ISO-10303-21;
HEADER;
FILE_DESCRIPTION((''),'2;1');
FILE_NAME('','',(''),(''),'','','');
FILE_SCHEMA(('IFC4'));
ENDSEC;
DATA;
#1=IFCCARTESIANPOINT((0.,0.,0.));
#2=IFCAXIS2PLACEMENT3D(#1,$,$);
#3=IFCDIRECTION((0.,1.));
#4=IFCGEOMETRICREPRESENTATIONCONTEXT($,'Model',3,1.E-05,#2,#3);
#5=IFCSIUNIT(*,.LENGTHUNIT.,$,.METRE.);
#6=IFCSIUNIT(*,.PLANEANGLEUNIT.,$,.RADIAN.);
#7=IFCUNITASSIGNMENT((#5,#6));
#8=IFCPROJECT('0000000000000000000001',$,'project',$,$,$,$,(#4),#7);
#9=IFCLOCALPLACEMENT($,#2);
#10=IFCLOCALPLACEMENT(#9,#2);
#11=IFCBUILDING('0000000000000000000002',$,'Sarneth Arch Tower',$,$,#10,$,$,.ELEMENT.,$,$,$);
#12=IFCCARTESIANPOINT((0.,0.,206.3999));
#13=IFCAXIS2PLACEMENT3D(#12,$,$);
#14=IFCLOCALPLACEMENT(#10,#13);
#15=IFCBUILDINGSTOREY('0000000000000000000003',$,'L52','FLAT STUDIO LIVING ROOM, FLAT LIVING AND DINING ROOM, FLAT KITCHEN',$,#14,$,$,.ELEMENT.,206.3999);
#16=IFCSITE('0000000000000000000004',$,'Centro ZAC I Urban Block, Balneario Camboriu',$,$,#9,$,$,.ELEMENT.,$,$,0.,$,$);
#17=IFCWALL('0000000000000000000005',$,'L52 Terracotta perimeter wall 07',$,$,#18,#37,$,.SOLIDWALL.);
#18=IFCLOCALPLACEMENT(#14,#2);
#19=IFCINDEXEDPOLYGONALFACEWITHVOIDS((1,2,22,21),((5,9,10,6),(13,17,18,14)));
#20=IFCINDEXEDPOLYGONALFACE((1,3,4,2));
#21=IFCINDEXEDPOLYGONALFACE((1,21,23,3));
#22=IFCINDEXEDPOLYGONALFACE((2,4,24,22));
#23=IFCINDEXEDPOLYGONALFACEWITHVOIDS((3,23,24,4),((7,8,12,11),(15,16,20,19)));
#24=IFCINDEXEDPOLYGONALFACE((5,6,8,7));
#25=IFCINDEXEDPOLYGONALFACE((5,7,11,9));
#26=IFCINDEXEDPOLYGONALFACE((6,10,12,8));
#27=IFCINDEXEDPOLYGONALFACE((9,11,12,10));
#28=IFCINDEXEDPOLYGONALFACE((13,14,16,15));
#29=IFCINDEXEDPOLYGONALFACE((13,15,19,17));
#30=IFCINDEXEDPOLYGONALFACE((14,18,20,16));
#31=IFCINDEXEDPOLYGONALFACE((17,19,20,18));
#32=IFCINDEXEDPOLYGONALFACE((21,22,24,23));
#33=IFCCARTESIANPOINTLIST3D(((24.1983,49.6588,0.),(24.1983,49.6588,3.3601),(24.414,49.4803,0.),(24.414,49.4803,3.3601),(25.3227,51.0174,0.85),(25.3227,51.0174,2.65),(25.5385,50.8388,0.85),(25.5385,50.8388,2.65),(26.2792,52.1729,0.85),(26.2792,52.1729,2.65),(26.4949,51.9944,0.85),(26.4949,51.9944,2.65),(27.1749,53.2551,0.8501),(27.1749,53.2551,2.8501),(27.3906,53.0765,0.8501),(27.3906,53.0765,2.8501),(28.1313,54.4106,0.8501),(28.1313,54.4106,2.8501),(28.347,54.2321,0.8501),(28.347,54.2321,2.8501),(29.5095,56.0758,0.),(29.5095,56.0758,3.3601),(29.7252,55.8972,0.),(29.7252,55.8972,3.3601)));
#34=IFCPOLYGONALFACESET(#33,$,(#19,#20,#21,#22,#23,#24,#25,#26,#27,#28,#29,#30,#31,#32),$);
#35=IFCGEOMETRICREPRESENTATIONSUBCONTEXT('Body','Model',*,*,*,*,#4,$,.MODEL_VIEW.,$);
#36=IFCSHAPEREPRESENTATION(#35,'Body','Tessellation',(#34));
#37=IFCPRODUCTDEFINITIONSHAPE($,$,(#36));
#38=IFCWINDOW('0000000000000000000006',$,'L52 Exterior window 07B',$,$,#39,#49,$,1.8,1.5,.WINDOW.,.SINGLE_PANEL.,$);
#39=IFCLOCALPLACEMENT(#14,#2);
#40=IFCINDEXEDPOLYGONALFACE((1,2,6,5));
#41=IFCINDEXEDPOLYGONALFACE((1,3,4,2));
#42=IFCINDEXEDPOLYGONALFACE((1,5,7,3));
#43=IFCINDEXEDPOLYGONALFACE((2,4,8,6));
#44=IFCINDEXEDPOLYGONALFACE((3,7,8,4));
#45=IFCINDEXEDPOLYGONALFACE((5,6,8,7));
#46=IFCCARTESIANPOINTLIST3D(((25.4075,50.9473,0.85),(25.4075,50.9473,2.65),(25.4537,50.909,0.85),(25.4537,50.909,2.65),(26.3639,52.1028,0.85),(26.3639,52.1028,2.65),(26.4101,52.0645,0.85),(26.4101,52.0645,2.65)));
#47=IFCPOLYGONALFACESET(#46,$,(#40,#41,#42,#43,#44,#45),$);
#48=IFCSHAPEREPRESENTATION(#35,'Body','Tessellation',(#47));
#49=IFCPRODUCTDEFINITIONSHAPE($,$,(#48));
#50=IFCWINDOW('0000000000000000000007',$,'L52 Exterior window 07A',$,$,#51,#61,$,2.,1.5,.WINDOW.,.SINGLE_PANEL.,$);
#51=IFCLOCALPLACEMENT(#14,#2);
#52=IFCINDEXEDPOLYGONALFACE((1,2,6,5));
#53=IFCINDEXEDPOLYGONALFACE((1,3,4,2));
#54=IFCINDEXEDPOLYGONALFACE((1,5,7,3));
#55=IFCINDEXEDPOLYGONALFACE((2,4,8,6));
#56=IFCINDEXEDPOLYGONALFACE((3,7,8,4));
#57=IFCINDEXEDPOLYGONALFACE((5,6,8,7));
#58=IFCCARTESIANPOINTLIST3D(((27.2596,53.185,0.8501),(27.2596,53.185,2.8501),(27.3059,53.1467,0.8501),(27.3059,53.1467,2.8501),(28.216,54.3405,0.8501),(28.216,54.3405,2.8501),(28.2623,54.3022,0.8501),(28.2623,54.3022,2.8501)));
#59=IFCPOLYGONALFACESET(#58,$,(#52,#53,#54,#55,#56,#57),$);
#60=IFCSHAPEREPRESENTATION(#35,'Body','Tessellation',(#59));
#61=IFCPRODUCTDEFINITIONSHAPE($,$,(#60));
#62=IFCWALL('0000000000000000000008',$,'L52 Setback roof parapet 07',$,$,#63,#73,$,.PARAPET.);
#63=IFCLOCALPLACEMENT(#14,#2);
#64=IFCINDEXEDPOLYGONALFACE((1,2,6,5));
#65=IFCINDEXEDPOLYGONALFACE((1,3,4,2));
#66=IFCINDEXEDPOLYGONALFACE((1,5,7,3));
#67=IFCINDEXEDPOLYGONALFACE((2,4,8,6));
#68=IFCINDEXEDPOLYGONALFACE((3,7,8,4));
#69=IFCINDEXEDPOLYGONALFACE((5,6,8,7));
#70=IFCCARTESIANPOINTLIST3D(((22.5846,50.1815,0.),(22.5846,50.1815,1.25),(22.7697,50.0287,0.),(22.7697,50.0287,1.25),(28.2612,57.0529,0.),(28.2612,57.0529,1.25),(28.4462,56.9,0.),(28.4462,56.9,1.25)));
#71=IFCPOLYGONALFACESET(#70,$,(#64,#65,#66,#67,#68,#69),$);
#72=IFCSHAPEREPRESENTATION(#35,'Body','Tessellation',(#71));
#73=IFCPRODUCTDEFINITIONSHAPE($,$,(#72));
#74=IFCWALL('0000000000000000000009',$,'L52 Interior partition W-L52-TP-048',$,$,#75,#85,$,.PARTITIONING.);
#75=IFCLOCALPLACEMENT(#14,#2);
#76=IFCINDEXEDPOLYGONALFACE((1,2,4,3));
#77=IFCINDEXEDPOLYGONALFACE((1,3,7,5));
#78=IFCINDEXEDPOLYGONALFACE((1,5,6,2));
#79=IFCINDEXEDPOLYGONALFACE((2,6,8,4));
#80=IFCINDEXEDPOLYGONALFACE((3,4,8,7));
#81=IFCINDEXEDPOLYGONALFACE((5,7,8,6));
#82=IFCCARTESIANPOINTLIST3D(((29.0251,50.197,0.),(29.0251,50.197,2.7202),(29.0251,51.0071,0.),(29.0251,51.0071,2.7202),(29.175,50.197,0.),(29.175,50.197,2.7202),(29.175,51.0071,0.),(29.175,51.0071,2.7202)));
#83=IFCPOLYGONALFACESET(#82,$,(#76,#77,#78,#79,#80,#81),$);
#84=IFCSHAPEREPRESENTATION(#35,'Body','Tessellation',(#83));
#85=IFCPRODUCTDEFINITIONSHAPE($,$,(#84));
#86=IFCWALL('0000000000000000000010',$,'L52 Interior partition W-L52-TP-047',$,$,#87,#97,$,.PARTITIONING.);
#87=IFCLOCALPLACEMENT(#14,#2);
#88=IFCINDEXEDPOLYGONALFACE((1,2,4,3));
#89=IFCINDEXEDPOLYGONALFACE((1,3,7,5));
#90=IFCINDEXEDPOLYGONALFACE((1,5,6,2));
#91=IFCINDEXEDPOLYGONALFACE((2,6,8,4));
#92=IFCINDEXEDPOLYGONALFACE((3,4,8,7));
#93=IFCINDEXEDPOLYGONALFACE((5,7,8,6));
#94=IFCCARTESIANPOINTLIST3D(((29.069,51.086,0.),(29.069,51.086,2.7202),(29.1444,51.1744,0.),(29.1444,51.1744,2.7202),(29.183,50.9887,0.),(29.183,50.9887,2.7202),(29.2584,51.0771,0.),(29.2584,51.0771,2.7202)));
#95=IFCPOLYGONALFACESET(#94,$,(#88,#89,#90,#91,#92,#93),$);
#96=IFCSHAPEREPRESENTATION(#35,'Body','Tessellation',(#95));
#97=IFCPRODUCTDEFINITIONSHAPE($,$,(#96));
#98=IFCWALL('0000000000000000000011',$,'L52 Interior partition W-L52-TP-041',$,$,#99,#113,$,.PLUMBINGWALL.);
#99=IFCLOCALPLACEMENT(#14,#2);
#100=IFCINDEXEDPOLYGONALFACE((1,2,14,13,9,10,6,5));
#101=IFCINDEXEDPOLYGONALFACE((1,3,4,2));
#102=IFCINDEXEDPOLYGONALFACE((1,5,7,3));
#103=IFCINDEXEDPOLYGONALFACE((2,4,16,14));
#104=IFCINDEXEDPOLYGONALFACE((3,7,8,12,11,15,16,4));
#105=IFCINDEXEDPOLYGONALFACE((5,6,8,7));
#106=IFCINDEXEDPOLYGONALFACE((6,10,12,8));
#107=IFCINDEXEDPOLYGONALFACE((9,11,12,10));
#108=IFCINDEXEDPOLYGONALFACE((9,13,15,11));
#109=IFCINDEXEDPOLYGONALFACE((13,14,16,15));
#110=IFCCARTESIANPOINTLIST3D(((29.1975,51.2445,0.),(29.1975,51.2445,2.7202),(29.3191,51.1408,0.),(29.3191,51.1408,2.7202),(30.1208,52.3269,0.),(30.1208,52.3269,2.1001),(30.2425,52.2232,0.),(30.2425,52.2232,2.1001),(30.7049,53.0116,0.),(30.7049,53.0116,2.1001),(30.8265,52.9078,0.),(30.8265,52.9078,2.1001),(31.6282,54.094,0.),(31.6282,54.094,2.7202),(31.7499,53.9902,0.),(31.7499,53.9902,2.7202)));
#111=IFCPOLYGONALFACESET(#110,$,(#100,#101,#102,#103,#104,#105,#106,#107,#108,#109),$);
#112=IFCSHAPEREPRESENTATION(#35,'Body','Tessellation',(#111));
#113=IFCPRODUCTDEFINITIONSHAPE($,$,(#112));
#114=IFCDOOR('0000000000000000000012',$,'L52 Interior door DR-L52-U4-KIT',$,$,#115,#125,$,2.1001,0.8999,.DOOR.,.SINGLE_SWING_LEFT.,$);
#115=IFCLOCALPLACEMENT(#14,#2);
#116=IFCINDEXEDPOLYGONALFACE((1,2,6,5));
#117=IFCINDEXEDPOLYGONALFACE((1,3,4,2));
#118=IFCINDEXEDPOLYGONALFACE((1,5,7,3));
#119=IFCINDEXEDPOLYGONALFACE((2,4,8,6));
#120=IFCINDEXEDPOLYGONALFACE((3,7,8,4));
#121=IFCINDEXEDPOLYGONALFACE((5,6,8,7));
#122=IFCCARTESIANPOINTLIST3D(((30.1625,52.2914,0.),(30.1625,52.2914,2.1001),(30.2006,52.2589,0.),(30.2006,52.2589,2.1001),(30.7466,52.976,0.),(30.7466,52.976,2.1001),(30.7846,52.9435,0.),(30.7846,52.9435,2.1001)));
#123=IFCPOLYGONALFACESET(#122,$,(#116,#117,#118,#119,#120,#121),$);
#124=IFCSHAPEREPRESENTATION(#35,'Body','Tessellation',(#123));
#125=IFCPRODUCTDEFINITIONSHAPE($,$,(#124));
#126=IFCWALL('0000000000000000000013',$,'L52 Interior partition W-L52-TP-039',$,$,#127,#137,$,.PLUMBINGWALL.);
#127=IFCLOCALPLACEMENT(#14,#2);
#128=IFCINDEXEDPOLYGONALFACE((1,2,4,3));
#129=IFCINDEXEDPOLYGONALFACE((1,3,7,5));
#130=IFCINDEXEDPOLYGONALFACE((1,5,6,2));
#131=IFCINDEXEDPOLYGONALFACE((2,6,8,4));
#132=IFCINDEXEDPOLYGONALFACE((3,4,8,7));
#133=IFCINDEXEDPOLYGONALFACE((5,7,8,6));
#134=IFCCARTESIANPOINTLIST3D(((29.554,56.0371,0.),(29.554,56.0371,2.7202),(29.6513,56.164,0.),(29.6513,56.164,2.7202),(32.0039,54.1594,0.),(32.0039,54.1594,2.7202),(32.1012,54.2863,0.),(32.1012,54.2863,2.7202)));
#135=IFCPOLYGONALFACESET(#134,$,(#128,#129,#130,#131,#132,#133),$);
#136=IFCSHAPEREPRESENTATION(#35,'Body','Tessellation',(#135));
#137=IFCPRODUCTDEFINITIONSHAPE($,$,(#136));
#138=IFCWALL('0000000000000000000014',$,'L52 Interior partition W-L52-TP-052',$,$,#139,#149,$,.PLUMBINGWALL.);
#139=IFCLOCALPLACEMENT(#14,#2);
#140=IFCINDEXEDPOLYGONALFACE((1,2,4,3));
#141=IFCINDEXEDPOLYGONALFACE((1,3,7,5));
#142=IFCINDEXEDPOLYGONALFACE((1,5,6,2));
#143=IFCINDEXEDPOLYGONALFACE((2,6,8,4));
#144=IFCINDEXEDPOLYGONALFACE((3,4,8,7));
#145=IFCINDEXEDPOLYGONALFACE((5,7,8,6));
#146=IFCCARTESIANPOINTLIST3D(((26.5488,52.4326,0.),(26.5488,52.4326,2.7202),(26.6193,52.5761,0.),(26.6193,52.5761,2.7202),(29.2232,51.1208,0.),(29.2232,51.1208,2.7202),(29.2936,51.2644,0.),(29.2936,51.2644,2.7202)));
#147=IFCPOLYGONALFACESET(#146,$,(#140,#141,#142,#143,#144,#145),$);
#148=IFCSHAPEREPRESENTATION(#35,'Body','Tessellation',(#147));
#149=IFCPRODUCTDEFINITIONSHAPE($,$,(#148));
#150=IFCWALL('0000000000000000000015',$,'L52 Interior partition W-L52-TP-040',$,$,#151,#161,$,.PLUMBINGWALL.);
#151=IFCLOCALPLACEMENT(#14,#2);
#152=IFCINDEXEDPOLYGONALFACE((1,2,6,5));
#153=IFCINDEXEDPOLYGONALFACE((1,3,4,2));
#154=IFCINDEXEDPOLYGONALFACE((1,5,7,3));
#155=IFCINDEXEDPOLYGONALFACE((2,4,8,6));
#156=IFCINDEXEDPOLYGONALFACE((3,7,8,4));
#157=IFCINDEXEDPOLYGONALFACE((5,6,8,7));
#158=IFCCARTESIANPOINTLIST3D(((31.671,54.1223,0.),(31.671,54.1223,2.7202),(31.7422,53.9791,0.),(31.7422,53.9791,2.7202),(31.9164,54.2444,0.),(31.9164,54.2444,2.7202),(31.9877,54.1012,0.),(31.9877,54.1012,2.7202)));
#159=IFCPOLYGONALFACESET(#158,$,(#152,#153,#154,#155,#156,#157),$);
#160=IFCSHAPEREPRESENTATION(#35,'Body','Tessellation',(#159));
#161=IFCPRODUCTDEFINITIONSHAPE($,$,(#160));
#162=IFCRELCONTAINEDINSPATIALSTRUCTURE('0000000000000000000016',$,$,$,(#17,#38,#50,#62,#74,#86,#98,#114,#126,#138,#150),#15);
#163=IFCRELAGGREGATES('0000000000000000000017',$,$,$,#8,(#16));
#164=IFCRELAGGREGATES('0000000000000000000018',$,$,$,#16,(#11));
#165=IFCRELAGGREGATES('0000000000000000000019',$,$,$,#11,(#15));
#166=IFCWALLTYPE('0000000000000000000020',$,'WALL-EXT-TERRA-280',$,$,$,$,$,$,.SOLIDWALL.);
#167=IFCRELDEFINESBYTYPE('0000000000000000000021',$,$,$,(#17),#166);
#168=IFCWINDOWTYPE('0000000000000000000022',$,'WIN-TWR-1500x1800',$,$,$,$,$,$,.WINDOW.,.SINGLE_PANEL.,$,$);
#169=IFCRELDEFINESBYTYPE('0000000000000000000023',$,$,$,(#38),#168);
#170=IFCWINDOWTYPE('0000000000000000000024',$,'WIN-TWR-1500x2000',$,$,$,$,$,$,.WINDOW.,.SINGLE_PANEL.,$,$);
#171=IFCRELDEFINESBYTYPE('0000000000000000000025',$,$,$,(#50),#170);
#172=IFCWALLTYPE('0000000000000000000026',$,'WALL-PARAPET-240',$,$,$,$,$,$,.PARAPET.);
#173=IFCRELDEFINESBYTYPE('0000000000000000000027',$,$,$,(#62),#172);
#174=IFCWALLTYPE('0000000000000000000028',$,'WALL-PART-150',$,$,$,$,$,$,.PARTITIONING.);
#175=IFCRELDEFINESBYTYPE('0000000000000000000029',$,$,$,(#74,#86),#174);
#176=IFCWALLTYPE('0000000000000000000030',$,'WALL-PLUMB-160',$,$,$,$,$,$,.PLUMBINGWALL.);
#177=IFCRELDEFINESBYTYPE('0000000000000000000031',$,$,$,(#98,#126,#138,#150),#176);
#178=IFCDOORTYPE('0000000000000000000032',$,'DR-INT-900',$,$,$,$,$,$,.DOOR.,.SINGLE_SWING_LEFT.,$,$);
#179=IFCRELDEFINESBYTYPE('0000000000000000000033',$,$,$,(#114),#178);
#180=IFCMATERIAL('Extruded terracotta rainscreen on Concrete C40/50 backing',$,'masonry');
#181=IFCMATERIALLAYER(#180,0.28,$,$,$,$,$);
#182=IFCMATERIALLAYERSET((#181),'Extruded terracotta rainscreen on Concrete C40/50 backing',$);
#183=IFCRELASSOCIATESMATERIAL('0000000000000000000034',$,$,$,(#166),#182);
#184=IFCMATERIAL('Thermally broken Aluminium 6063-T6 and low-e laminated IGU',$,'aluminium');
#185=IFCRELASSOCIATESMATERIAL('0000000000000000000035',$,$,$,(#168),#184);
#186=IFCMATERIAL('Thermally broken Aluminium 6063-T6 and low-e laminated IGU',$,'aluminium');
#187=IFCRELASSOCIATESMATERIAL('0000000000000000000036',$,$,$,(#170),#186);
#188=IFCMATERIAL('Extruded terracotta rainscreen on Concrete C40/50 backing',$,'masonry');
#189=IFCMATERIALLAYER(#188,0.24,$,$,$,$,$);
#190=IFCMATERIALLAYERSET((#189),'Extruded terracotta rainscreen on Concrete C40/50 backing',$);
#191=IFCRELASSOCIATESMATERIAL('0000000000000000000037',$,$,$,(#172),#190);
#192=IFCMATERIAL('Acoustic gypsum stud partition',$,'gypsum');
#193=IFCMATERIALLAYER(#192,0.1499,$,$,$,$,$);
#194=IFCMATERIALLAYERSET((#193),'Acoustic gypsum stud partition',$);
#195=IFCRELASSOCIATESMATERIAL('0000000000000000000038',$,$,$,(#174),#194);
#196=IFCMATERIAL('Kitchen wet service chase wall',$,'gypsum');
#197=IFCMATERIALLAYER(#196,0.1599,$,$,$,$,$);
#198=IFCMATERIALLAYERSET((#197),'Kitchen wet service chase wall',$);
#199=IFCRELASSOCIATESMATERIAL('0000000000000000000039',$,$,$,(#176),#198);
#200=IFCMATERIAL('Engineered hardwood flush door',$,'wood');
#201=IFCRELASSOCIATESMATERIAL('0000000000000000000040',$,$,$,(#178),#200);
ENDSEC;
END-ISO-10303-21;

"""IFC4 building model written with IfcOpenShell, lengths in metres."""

from ifc_helpers import new_model, si_unit, direction, frame, frame_2d, origin, place, context, subcontext, project, spatial, rectangle, extrude, material, layer, layer_set, type_object, element, fill, save


model = new_model("IFC4")

# Units and contexts
model_context = context("Model", 3, precision=1e-05, world=origin(), true_north=direction((0.0, 1.0)))
body_context = subcontext(model_context, "Body", "Model", "MODEL_VIEW")
ifc_project = project(units=[si_unit("LENGTHUNIT", "METRE"), si_unit("PLANEANGLEUNIT", "RADIAN")], contexts=[model_context])

# Site, building, storey
site_placement = place(None, origin())
site = spatial("IfcSite", under=ifc_project, at=site_placement, Name="Centro ZAC I Urban Block, Balneario Camboriu", CompositionType="ELEMENT", RefElevation=0.0)
building_placement = place(site_placement, origin())
building = spatial("IfcBuilding", under=site, at=building_placement, Name="Sarneth Arch Tower", CompositionType="ELEMENT")
storey_placement = place(building_placement, frame((0.0, 0.0, 206.3999)))
storey = spatial("IfcBuildingStorey", under=building, at=storey_placement, Name="L52", Description="FLAT STUDIO LIVING ROOM, FLAT LIVING AND DINING ROOM, FLAT KITCHEN", CompositionType="ELEMENT", Elevation=206.3999)

# Wall, openings, windows
ifc_material_1 = material(Name="Extruded terracotta rainscreen on Concrete C40/50 backing", Category="masonry")
ifc_layer_1 = layer(ifc_material_1, 0.28)
ifc_layer_set_1 = layer_set([ifc_layer_1], Name="Extruded terracotta rainscreen on Concrete C40/50 backing")
wall_type_1 = type_object("IfcWallType", Name="WALL-EXT-TERRA-280", PredefinedType="SOLIDWALL", material=ifc_layer_set_1)
wall_1_placement = place(storey_placement, frame((29.6174, 55.9866, 0.0), z_axis=(0.0, 0.0, 1.0), x_axis=(-0.637615, -0.770355, 0.0)))
wall_1 = element("IfcWall", 1, at=wall_1_placement, inside=storey, type_object=wall_type_1, Name="L52 Terracotta perimeter wall 07", PredefinedType="SOLIDWALL", context=body_context, shape_type="SweptSolid", body=[
    extrude(rectangle(XDim=8.3298, YDim=0.28, at=frame_2d((4.165, 0.0))), origin(), (0.0, 0.0, 1.0), 3.3601),
])
opening_1_placement = place(wall_1_placement, frame((2.1616, 0.0, 0.8501)))
opening_1 = element("IfcOpeningElement", 2, at=opening_1_placement, cuts=wall_1, PredefinedType="OPENING", context=body_context, shape_type="SweptSolid", body=[
    extrude(rectangle(XDim=1.5, YDim=2.0, at=frame_2d((0.75, 1.0))), frame((0.0, 0.1499, 0.0), z_axis=(0.0, -1.0, 0.0), x_axis=(1.0, 0.0, 0.0)), (0.0, 0.0, 1.0), 0.3),
])
opening_2_placement = place(wall_1_placement, frame((5.0664, 0.0, 0.8501)))
opening_2 = element("IfcOpeningElement", 3, at=opening_2_placement, cuts=wall_1, PredefinedType="OPENING", context=body_context, shape_type="SweptSolid", body=[
    extrude(rectangle(XDim=1.5, YDim=1.8, at=frame_2d((0.75, 0.8999))), frame((0.0, 0.1499, 0.0), z_axis=(0.0, -1.0, 0.0), x_axis=(1.0, 0.0, 0.0)), (0.0, 0.0, 1.0), 0.3),
])
ifc_material_2 = material(Name="Thermally broken Aluminium 6063-T6 and low-e laminated IGU", Category="aluminium")
window_type_1 = type_object("IfcWindowType", Name="WIN-TWR-1500x1800", PartitioningType="SINGLE_PANEL", PredefinedType="WINDOW", material=ifc_material_2)
window_1_placement = place(opening_2_placement, origin())
window_1 = element("IfcWindow", 4, at=window_1_placement, inside=storey, type_object=window_type_1, Name="L52 Exterior window 07B", OverallHeight=1.8, OverallWidth=1.5, PartitioningType="SINGLE_PANEL", PredefinedType="WINDOW", context=body_context, shape_type="SweptSolid", body=[
    extrude(rectangle(XDim=1.5, YDim=1.8, at=frame_2d((0.75, 0.8999))), frame((0.0, 0.03, 0.0), z_axis=(0.0, -1.0, 0.0), x_axis=(1.0, 0.0, 0.0)), (0.0, 0.0, 1.0), 0.0601),
])
fill(opening_2, window_1)
ifc_material_3 = material(Name="Thermally broken Aluminium 6063-T6 and low-e laminated IGU", Category="aluminium")
window_type_2 = type_object("IfcWindowType", Name="WIN-TWR-1500x2000", PartitioningType="SINGLE_PANEL", PredefinedType="WINDOW", material=ifc_material_3)
window_2_placement = place(opening_1_placement, origin())
window_2 = element("IfcWindow", 5, at=window_2_placement, inside=storey, type_object=window_type_2, Name="L52 Exterior window 07A", OverallHeight=2.0, OverallWidth=1.5, PartitioningType="SINGLE_PANEL", PredefinedType="WINDOW", context=body_context, shape_type="SweptSolid", body=[
    extrude(rectangle(XDim=1.5, YDim=2.0, at=frame_2d((0.75, 1.0))), frame((0.0, 0.03, 0.0), z_axis=(0.0, -1.0, 0.0), x_axis=(1.0, 0.0, 0.0)), (0.0, 0.0, 1.0), 0.0601),
])
fill(opening_1, window_2)

# Walls
ifc_material_4 = material(Name="Extruded terracotta rainscreen on Concrete C40/50 backing", Category="masonry")
ifc_layer_2 = layer(ifc_material_4, 0.24)
ifc_layer_set_2 = layer_set([ifc_layer_2], Name="Extruded terracotta rainscreen on Concrete C40/50 backing")
wall_type_2 = type_object("IfcWallType", Name="WALL-PARAPET-240", PredefinedType="PARAPET", material=ifc_layer_set_2)
wall_2_placement = place(storey_placement, frame((28.3538, 56.9766, 0.0), z_axis=(0.0, 0.0, 1.0), x_axis=(-0.636894, -0.770951, 0.0)))
element("IfcWall", 6, at=wall_2_placement, inside=storey, type_object=wall_type_2, Name="L52 Setback roof parapet 07", PredefinedType="PARAPET", context=body_context, shape_type="SweptSolid", body=[
    extrude(rectangle(XDim=8.9128, YDim=0.24, at=frame_2d((4.4565, 0.0))), origin(), (0.0, 0.0, 1.0), 1.25),
])
ifc_material_5 = material(Name="Acoustic gypsum stud partition", Category="gypsum")
ifc_layer_3 = layer(ifc_material_5, 0.1499)
ifc_layer_set_3 = layer_set([ifc_layer_3], Name="Acoustic gypsum stud partition")
wall_type_3 = type_object("IfcWallType", Name="WALL-PART-150", PredefinedType="PARTITIONING", material=ifc_layer_set_3)
wall_3_placement = place(storey_placement, frame((29.1001, 51.0071, 0.0), z_axis=(0.0, 0.0, 1.0), x_axis=(0.0, -1.0, 0.0)))
element("IfcWall", 7, at=wall_3_placement, inside=storey, type_object=wall_type_3, Name="L52 Interior partition W-L52-TP-048", PredefinedType="PARTITIONING", context=body_context, shape_type="SweptSolid", body=[
    extrude(rectangle(XDim=0.8101, YDim=0.1499, at=frame_2d((0.405, 0.0))), origin(), (0.0, 0.0, 1.0), 2.7202),
])
wall_4_placement = place(storey_placement, frame((29.2014, 51.1257, 0.0), z_axis=(0.0, 0.0, 1.0), x_axis=(-0.649233, -0.76059, 0.0)))
element("IfcWall", 8, at=wall_4_placement, inside=storey, type_object=wall_type_3, Name="L52 Interior partition W-L52-TP-047", PredefinedType="PARTITIONING", context=body_context, shape_type="SweptSolid", body=[
    extrude(rectangle(XDim=0.1162, YDim=0.1499, at=frame_2d((0.0581, 0.0))), origin(), (0.0, 0.0, 1.0), 2.7202),
])

# Wall, opening, door
ifc_material_6 = material(Name="Kitchen wet service chase wall", Category="gypsum")
ifc_layer_4 = layer(ifc_material_6, 0.1599)
ifc_layer_set_4 = layer_set([ifc_layer_4], Name="Kitchen wet service chase wall")
wall_type_4 = type_object("IfcWallType", Name="WALL-PLUMB-160", PredefinedType="PLUMBINGWALL", material=ifc_layer_set_4)
wall_5_placement = place(storey_placement, frame((31.689, 54.042, 0.0), z_axis=(0.0, 0.0, 1.0), x_axis=(-0.648997, -0.760791, 0.0)))
wall_5 = element("IfcWall", 9, at=wall_5_placement, inside=storey, type_object=wall_type_4, Name="L52 Interior partition W-L52-TP-041", PredefinedType="PLUMBINGWALL", context=body_context, shape_type="SweptSolid", body=[
    extrude(rectangle(XDim=3.7454, YDim=0.1599, at=frame_2d((1.8726, 0.0))), origin(), (0.0, 0.0, 1.0), 2.7202),
])
opening_3_placement = place(wall_5_placement, frame((1.4226, 0.0, 0.0)))
opening_3 = element("IfcOpeningElement", 10, at=opening_3_placement, cuts=wall_5, PredefinedType="OPENING", context=body_context, shape_type="SweptSolid", body=[
    extrude(rectangle(XDim=0.8999, YDim=2.1001, at=frame_2d((0.45, 1.05))), frame((0.0, 0.0898, 0.0), z_axis=(0.0, -1.0, 0.0), x_axis=(1.0, 0.0, 0.0)), (0.0, 0.0, 1.0), 0.1799),
])
ifc_material_7 = material(Name="Engineered hardwood flush door", Category="wood")
door_type = type_object("IfcDoorType", Name="DR-INT-900", OperationType="SINGLE_SWING_LEFT", PredefinedType="DOOR", material=ifc_material_7)
door_placement = place(opening_3_placement, origin())
door = element("IfcDoor", 11, at=door_placement, inside=storey, type_object=door_type, Name="L52 Interior door DR-L52-U4-KIT", OperationType="SINGLE_SWING_LEFT", OverallHeight=2.1001, OverallWidth=0.8999, PredefinedType="DOOR", context=body_context, shape_type="SweptSolid", body=[
    extrude(rectangle(XDim=0.8999, YDim=2.1001, at=frame_2d((0.45, 1.05))), frame((0.0, 0.0249, 0.0), z_axis=(0.0, -1.0, 0.0), x_axis=(1.0, 0.0, 0.0)), (0.0, 0.0, 1.0), 0.05),
])
fill(opening_3, door)

# Walls
wall_6_placement = place(storey_placement, frame((29.6025, 56.1006, 0.0), z_axis=(0.0, 0.0, 1.0), x_axis=(0.793702, -0.608307, 0.0)))
element("IfcWall", 12, at=wall_6_placement, inside=storey, type_object=wall_type_4, Name="L52 Interior partition W-L52-TP-039", PredefinedType="PLUMBINGWALL", context=body_context, shape_type="SweptSolid", body=[
    extrude(rectangle(XDim=3.0867, YDim=0.1599, at=frame_2d((1.5435, 0.0))), origin(), (0.0, 0.0, 1.0), 2.7202),
])
wall_7_placement = place(storey_placement, frame((29.2583, 51.1926, 0.0), z_axis=(0.0, 0.0, 1.0), x_axis=(-0.897811, 0.440381, 0.0)))
element("IfcWall", 13, at=wall_7_placement, inside=storey, type_object=wall_type_4, Name="L52 Interior partition W-L52-TP-052", PredefinedType="PLUMBINGWALL", context=body_context, shape_type="SweptSolid", body=[
    extrude(rectangle(XDim=2.9788, YDim=0.1599, at=frame_2d((1.4893, 0.0))), origin(), (0.0, 0.0, 1.0), 2.7202),
])
wall_8_placement = place(storey_placement, frame((31.9521, 54.1729, 0.0), z_axis=(0.0, 0.0, 1.0), x_axis=(-0.895316, -0.445431, 0.0)))
element("IfcWall", 14, at=wall_8_placement, inside=storey, type_object=wall_type_4, Name="L52 Interior partition W-L52-TP-040", PredefinedType="PLUMBINGWALL", context=body_context, shape_type="SweptSolid", body=[
    extrude(rectangle(XDim=0.2742, YDim=0.1599, at=frame_2d((0.1372, 0.0))), origin(), (0.0, 0.0, 1.0), 2.7202),
])

save(model, "model.ifc")
